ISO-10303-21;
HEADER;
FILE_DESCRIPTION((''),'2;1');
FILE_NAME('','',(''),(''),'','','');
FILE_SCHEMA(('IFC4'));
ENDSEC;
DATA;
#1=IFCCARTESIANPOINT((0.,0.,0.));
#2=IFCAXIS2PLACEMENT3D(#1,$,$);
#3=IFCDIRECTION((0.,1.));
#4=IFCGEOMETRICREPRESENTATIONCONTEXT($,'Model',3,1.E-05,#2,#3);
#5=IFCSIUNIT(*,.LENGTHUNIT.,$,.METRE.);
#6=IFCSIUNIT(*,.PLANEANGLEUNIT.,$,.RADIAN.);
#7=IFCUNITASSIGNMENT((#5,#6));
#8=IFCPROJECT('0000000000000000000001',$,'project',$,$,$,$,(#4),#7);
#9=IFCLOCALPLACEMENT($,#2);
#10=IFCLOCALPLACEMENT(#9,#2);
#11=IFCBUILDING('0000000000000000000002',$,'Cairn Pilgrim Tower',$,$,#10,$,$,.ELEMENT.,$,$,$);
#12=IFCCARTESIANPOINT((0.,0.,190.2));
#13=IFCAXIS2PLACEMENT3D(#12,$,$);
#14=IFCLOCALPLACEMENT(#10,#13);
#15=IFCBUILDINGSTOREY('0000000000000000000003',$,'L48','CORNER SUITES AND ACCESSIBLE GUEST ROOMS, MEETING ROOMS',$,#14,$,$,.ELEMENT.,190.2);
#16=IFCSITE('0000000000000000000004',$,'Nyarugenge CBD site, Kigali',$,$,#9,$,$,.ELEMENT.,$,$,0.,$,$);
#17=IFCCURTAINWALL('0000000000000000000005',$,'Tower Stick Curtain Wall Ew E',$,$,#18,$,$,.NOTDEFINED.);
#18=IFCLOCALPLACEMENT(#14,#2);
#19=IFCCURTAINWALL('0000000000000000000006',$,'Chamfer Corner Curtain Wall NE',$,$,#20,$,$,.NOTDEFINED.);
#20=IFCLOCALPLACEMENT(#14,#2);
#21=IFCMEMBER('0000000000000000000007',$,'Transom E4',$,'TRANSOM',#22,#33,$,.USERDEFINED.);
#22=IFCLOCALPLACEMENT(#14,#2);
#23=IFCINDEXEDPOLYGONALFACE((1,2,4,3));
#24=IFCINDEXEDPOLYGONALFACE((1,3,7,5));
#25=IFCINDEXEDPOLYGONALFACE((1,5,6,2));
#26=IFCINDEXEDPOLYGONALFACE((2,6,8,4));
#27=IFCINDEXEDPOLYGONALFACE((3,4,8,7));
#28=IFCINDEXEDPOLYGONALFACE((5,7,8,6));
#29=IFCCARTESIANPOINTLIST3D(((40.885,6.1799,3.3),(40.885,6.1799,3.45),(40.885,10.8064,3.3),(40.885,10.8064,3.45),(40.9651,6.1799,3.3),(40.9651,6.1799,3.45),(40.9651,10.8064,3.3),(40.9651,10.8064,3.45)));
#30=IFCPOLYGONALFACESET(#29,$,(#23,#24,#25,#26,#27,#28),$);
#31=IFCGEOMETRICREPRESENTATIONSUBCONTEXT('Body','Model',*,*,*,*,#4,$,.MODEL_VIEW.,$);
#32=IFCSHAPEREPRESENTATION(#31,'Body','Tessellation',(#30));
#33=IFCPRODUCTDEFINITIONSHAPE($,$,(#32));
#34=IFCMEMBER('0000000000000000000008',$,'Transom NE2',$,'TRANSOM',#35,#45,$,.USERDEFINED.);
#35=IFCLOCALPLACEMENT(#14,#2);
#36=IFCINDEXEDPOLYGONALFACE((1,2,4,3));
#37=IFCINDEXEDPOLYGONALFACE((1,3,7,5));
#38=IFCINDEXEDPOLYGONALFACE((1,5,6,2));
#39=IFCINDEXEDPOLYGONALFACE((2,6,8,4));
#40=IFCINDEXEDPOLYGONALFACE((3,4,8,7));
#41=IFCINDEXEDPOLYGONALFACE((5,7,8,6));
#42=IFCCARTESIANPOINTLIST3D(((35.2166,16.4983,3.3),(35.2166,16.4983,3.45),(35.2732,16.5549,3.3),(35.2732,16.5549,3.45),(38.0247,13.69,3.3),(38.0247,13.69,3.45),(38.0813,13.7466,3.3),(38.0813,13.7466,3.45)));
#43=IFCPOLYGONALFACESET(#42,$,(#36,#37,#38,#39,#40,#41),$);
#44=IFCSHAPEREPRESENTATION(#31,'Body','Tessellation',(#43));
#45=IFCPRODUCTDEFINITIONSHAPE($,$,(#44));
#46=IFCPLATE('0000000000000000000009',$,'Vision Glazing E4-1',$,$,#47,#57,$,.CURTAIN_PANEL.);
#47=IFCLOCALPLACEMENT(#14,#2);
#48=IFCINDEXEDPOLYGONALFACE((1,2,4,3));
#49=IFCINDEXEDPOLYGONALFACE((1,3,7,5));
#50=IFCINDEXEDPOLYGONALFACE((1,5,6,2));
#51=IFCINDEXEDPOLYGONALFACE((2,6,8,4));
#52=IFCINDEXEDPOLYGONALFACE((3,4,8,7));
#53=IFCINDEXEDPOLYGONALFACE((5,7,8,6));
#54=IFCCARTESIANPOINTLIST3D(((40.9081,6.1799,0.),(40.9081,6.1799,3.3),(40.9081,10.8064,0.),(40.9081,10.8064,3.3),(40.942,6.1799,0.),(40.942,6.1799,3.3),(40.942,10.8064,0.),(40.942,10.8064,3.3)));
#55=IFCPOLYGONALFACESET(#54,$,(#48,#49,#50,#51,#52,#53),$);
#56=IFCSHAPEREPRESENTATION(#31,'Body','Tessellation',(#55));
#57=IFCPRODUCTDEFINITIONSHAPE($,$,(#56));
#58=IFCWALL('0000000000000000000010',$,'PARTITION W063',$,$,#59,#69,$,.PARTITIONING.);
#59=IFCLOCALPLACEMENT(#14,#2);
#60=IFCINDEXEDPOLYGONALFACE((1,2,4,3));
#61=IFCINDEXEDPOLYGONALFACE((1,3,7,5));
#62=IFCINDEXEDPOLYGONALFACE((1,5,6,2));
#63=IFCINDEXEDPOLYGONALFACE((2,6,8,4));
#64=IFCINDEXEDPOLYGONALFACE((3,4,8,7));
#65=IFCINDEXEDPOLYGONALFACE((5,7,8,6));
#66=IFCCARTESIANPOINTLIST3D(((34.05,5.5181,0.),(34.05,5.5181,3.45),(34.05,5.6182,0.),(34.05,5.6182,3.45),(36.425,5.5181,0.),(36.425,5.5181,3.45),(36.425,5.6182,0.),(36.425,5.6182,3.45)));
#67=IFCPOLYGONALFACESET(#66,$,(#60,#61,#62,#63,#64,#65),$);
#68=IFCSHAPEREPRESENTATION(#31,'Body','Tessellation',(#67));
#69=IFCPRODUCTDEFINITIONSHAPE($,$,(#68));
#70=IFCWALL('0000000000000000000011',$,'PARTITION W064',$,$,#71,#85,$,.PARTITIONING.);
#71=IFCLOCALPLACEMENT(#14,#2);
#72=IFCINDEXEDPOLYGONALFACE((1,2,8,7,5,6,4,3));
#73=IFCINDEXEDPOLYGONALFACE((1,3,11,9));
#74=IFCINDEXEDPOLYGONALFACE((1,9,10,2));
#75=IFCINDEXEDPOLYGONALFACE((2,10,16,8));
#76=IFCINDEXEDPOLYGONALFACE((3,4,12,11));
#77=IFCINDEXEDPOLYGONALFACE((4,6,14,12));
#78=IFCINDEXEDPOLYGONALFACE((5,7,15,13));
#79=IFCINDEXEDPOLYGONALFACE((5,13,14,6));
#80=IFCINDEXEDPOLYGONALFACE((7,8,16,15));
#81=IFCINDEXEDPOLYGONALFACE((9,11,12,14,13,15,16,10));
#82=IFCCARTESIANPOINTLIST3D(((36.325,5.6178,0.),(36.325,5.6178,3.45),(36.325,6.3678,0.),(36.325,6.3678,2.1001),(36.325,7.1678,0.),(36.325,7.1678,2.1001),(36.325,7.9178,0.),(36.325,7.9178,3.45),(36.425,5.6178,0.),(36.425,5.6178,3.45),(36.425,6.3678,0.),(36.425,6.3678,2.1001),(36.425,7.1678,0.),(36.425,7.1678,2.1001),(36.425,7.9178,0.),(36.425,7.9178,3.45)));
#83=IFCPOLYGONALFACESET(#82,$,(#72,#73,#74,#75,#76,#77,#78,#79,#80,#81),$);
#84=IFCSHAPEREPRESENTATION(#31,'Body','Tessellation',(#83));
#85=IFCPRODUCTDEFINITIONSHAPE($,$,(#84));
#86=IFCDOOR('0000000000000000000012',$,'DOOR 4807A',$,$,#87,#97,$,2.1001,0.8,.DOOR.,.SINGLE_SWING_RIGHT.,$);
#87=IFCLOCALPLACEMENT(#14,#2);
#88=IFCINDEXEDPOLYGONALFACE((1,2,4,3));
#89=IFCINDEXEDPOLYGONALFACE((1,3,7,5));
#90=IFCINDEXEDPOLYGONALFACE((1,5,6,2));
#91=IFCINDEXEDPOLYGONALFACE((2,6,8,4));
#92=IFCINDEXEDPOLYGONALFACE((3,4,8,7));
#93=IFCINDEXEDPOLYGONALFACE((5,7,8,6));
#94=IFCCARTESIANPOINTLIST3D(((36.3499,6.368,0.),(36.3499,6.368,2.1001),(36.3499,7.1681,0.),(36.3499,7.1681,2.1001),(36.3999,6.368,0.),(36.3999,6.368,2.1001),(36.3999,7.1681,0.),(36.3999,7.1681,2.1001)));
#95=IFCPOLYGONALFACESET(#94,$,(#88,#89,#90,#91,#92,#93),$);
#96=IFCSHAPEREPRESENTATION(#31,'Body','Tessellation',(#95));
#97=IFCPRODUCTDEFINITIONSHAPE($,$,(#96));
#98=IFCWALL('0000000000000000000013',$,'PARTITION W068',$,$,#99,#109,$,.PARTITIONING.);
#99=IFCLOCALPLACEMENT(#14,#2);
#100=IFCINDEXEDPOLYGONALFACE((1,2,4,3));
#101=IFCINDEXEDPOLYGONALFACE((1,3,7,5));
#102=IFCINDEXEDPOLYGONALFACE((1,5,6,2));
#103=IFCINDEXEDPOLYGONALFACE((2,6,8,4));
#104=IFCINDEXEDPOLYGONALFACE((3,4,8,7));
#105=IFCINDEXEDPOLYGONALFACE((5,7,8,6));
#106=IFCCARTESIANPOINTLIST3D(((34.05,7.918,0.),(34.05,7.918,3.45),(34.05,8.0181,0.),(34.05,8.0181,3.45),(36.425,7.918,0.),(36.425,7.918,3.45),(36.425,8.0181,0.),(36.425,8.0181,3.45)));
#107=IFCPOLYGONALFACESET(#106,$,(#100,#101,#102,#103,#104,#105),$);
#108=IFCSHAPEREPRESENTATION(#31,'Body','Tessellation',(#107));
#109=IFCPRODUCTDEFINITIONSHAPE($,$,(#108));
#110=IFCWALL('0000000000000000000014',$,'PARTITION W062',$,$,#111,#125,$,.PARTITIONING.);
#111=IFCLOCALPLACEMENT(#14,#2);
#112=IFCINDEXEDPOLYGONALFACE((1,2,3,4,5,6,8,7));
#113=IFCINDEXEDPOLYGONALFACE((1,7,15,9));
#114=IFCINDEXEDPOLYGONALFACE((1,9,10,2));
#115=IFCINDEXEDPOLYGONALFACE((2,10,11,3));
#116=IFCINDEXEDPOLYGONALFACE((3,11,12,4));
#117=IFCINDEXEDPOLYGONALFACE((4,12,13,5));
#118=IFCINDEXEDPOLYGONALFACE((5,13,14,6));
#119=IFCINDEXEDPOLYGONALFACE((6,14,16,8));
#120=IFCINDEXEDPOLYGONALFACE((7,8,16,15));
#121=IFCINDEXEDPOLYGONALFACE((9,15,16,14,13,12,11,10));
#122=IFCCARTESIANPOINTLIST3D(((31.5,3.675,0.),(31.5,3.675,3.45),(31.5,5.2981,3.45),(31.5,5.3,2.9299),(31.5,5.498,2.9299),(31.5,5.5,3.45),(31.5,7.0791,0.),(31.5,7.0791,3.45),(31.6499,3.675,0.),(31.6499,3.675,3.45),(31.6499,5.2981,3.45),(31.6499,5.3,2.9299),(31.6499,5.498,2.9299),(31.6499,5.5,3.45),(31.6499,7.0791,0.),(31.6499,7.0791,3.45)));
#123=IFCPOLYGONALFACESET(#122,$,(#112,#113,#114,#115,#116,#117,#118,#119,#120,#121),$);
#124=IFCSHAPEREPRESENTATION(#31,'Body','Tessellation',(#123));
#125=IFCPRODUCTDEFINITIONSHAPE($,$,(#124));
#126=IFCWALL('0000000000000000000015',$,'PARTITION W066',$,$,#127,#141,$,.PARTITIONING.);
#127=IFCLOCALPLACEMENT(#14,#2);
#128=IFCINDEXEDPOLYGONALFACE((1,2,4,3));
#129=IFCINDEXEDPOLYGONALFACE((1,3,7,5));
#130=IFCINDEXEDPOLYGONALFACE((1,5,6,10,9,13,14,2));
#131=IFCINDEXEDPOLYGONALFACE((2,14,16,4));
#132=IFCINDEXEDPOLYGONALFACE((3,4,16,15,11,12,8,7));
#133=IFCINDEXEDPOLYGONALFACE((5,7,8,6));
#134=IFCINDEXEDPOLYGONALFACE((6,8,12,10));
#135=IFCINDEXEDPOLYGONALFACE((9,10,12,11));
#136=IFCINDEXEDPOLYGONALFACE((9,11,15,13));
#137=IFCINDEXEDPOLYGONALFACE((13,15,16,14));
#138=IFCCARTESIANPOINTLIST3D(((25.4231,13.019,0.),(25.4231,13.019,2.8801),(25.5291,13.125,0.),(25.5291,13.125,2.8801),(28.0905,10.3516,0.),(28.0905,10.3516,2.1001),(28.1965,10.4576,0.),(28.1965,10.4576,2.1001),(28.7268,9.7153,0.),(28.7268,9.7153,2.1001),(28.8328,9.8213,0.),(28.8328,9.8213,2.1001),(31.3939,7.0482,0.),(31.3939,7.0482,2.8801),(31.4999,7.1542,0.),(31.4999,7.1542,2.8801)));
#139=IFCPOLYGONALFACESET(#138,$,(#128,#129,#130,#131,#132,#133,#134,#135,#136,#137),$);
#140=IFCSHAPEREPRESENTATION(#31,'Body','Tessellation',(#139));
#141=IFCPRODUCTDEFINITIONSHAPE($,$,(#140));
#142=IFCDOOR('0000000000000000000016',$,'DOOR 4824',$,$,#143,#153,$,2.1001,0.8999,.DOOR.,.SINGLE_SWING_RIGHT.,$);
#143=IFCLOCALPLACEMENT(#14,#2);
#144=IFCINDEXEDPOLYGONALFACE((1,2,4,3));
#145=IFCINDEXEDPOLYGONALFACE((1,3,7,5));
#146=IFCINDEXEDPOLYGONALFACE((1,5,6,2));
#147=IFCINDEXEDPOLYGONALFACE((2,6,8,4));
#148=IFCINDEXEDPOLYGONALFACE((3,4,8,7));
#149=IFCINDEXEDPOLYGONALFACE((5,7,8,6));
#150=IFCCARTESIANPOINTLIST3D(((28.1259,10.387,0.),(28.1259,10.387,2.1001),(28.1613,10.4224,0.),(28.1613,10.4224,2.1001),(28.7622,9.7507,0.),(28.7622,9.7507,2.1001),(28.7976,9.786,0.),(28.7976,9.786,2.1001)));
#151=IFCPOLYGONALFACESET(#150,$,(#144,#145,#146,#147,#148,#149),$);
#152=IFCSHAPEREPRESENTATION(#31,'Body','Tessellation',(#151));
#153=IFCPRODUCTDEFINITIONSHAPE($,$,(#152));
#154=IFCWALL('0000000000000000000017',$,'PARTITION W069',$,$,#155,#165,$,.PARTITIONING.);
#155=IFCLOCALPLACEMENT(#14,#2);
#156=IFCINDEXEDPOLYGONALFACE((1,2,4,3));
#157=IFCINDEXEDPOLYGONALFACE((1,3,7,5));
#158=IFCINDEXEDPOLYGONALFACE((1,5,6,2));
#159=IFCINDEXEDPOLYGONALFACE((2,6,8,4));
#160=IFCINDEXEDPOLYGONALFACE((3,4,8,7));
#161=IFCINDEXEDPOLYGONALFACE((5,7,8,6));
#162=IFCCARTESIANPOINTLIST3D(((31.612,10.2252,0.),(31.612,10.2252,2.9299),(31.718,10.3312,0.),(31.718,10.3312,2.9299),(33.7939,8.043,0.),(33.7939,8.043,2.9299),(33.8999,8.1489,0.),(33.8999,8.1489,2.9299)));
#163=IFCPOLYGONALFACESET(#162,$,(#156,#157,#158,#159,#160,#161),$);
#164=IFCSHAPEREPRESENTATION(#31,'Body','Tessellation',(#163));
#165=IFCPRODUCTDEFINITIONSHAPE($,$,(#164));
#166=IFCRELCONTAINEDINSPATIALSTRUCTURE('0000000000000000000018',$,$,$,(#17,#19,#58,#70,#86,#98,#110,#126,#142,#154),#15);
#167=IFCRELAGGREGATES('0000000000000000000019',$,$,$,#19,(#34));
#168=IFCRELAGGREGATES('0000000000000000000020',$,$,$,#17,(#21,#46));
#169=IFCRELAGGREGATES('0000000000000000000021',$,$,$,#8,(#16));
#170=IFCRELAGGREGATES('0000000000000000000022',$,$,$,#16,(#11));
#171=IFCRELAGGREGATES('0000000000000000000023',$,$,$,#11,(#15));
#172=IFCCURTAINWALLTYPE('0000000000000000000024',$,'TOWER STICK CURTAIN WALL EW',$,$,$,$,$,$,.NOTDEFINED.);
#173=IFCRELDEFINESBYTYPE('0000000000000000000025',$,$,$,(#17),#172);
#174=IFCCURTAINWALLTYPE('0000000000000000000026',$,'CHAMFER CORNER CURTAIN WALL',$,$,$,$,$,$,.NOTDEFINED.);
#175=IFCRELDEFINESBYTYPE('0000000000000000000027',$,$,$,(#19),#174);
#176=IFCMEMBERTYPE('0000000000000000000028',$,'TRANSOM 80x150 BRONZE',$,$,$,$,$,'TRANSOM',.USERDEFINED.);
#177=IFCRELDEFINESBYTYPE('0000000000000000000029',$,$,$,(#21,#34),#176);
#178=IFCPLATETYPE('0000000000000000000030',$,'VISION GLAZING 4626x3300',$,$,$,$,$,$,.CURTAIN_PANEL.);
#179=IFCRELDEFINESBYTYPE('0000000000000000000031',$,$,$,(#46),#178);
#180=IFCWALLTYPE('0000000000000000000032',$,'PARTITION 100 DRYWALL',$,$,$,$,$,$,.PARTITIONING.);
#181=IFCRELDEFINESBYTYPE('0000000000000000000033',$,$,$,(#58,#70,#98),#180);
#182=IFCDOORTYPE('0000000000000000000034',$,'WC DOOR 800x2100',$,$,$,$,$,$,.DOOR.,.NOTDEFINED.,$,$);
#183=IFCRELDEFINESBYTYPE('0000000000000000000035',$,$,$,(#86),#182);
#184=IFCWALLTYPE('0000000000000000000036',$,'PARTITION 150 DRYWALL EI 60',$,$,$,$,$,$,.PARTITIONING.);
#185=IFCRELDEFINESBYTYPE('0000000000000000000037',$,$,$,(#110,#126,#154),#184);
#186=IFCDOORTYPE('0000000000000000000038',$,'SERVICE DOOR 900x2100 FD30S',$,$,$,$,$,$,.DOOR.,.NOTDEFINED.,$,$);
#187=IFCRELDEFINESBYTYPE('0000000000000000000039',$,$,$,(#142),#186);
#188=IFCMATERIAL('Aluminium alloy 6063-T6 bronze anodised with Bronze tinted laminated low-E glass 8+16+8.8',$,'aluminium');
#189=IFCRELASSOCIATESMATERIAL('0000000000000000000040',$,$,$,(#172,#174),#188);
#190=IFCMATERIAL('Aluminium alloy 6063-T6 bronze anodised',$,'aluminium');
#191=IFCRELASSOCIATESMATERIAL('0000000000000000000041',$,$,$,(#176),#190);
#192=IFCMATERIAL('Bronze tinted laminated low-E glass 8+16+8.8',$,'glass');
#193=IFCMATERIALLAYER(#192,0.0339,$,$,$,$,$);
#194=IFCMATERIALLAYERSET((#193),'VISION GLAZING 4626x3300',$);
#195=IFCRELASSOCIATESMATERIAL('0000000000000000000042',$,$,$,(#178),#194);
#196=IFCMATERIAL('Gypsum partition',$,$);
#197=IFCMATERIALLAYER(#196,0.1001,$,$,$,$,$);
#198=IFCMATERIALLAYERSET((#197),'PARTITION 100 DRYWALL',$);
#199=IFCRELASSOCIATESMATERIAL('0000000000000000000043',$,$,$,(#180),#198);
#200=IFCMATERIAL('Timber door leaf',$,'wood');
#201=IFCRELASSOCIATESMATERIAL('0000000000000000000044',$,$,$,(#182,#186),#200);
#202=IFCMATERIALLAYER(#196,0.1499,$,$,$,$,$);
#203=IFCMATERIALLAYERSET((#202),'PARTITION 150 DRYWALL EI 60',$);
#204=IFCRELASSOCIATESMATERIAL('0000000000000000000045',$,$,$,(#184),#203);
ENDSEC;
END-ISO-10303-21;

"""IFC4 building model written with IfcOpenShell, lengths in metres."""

from ifc_helpers import new_model, si_unit, direction, frame, frame_2d, origin, origin_2d, place, context, subcontext, project, spatial, polyline, rectangle, outline, extrude, material, layer, layer_set, material_profile, profile_set, type_object, element, fill, aggregate, save


model = new_model("IFC4")

# Units and contexts
model_context = context("Model", 3, precision=1e-05, world=origin(), true_north=direction((0.0, 1.0)))
body_context = subcontext(model_context, "Body", "Model", "MODEL_VIEW")
ifc_project = project(units=[si_unit("LENGTHUNIT", "METRE"), si_unit("PLANEANGLEUNIT", "RADIAN")], contexts=[model_context])

# Site, building, storey
site_placement = place(None, origin())
site = spatial("IfcSite", under=ifc_project, at=site_placement, Name="Nyarugenge CBD site, Kigali", CompositionType="ELEMENT", RefElevation=0.0)
building_placement = place(site_placement, origin())
building = spatial("IfcBuilding", under=site, at=building_placement, Name="Cairn Pilgrim Tower", CompositionType="ELEMENT")
storey_placement = place(building_placement, frame((0.0, 0.0, 190.2)))
storey = spatial("IfcBuildingStorey", under=building, at=storey_placement, Name="L48", Description="CORNER SUITES AND ACCESSIBLE GUEST ROOMS, MEETING ROOMS", CompositionType="ELEMENT", Elevation=190.2)

# Curtain wall
ifc_material_1 = material(Name="Aluminium alloy 6063-T6 bronze anodised with Bronze tinted laminated low-E glass 8+16+8.8", Category="aluminium")
curtain_wall_type_1 = type_object("IfcCurtainWallType", Name="TOWER STICK CURTAIN WALL EW", PredefinedType="NOTDEFINED", material=ifc_material_1)
curtain_wall_1_placement = place(storey_placement, origin())
curtain_wall_1 = element("IfcCurtainWall", 1, at=curtain_wall_1_placement, inside=storey, type_object=curtain_wall_type_1, Name="Tower Stick Curtain Wall Ew E", PredefinedType="NOTDEFINED")
ifc_material_2 = material(Name="Aluminium alloy 6063-T6 bronze anodised", Category="aluminium")

# Curtain wall
curtain_wall_type_2 = type_object("IfcCurtainWallType", Name="CHAMFER CORNER CURTAIN WALL", PredefinedType="NOTDEFINED", material=ifc_material_1)
curtain_wall_2_placement = place(storey_placement, origin())
curtain_wall_2 = element("IfcCurtainWall", 2, at=curtain_wall_2_placement, inside=storey, type_object=curtain_wall_type_2, Name="Chamfer Corner Curtain Wall NE", PredefinedType="NOTDEFINED")

# Members
ifc_material_profile_1 = material_profile(ifc_material_2, rectangle(XDim=0.0801, YDim=0.1499, at=origin_2d()), Name="TRANSOM 80x150 BRONZE")
ifc_profile_set_1 = profile_set([ifc_material_profile_1], Name="Aluminium alloy 6063-T6 bronze anodised")
member_type_1 = type_object("IfcMemberType", Name="TRANSOM 80x150 BRONZE", ElementType="TRANSOM", PredefinedType="USERDEFINED", material=ifc_profile_set_1)
member_1_placement = place(storey_placement, frame((40.925, 6.1799, 3.375), z_axis=(0.0, 1.0, 0.0), x_axis=(-1.0, 0.0, 0.0)))
member_1 = element("IfcMember", 3, at=member_1_placement, type_object=member_type_1, Name="Transom E4", ObjectType="TRANSOM", PredefinedType="USERDEFINED", context=body_context, shape_type="SweptSolid", body=[
    extrude(rectangle(XDim=0.0801, YDim=0.1499, at=origin_2d()), origin(), (0.0, 0.0, 1.0), 4.6265),
])
member_2_placement = place(storey_placement, frame((38.053, 13.7183, 3.375), z_axis=(-0.707076, 0.707138, 0.0), x_axis=(-0.707138, -0.707076, 0.0)))
member_2 = element("IfcMember", 4, at=member_2_placement, type_object=member_type_1, Name="Transom NE2", ObjectType="TRANSOM", PredefinedType="USERDEFINED", context=body_context, shape_type="SweptSolid", body=[
    extrude(rectangle(XDim=0.0801, YDim=0.1499, at=origin_2d()), origin(), (0.0, 0.0, 1.0), 3.9714),
])
aggregate(curtain_wall_2, [member_2])

# Plate
ifc_material_3 = material(Name="Bronze tinted laminated low-E glass 8+16+8.8", Category="glass")
ifc_layer_1 = layer(ifc_material_3, 0.0339)
ifc_layer_set_1 = layer_set([ifc_layer_1], Name="VISION GLAZING 4626x3300")
plate_type = type_object("IfcPlateType", Name="VISION GLAZING 4626x3300", PredefinedType="CURTAIN_PANEL", material=ifc_layer_set_1)
plate_placement = place(storey_placement, frame((40.925, 8.4932, 0.0), z_axis=(0.0, 0.0, 1.0), x_axis=(0.0, 1.0, 0.0)))
plate = element("IfcPlate", 5, at=plate_placement, type_object=plate_type, Name="Vision Glazing E4-1", PredefinedType="CURTAIN_PANEL", context=body_context, shape_type="SweptSolid", body=[
    extrude(rectangle(XDim=4.6265, YDim=0.0339, at=origin_2d()), origin(), (0.0, 0.0, 1.0), 3.3),
])
aggregate(curtain_wall_1, [member_1, plate])

# Wall
ifc_material_4 = material(Name="Gypsum partition")
ifc_layer_2 = layer(ifc_material_4, 0.1001)
ifc_layer_set_2 = layer_set([ifc_layer_2], Name="PARTITION 100 DRYWALL")
wall_type_1 = type_object("IfcWallType", Name="PARTITION 100 DRYWALL", PredefinedType="PARTITIONING", material=ifc_layer_set_2)
wall_1_placement = place(storey_placement, frame((34.05, 5.5681, 0.0), z_axis=(0.0, 0.0, 1.0), x_axis=(1.0, 0.0, 0.0)))
element("IfcWall", 6, at=wall_1_placement, inside=storey, type_object=wall_type_1, Name="PARTITION W063", PredefinedType="PARTITIONING", context=body_context, shape_type="SweptSolid", body=[
    extrude(rectangle(XDim=2.375, YDim=0.1001, at=frame_2d((1.1875, 0.0))), origin(), (0.0, 0.0, 1.0), 3.45),
])

# Wall, opening, door
wall_2_placement = place(storey_placement, frame((36.375, 5.6179, 0.0), z_axis=(0.0, 0.0, 1.0), x_axis=(0.0, 1.0, 0.0)))
wall_2 = element("IfcWall", 7, at=wall_2_placement, inside=storey, type_object=wall_type_1, Name="PARTITION W064", PredefinedType="PARTITIONING", context=body_context, shape_type="SweptSolid", body=[
    extrude(rectangle(XDim=2.3, YDim=0.1001, at=frame_2d((1.1499, 0.0))), origin(), (0.0, 0.0, 1.0), 3.45),
])
opening_1_placement = place(wall_2_placement, frame((0.75, 0.0, 0.0)))
opening_1 = element("IfcOpeningElement", 8, at=opening_1_placement, cuts=wall_2, PredefinedType="OPENING", context=body_context, shape_type="SweptSolid", body=[
    extrude(rectangle(XDim=0.8, YDim=2.1001, at=frame_2d((0.3999, 1.05))), frame((0.0, 0.0601, 0.0), z_axis=(0.0, -1.0, 0.0), x_axis=(1.0, 0.0, 0.0)), (0.0, 0.0, 1.0), 0.1201),
])
ifc_material_5 = material(Name="Timber door leaf", Category="wood")
door_type_1 = type_object("IfcDoorType", Name="WC DOOR 800x2100", OperationType="NOTDEFINED", PredefinedType="DOOR", material=ifc_material_5)
door_1_placement = place(opening_1_placement, frame((0.8, 0.0, 0.0), z_axis=(0.0, 0.0, 1.0), x_axis=(-1.0, 0.0, 0.0)))
door_1 = element("IfcDoor", 9, at=door_1_placement, inside=storey, type_object=door_type_1, Name="DOOR 4807A", OperationType="SINGLE_SWING_RIGHT", OverallHeight=2.1001, OverallWidth=0.8, PredefinedType="DOOR", context=body_context, shape_type="SweptSolid", body=[
    extrude(rectangle(XDim=0.8, YDim=2.1001, at=frame_2d((0.3999, 1.05))), frame((0.0, 0.0249, 0.0), z_axis=(0.0, -1.0, 0.0), x_axis=(1.0, 0.0, 0.0)), (0.0, 0.0, 1.0), 0.05),
])
fill(opening_1, door_1)

# Walls
wall_3_placement = place(storey_placement, frame((34.05, 7.968, 0.0), z_axis=(0.0, 0.0, 1.0), x_axis=(1.0, 0.0, 0.0)))
element("IfcWall", 10, at=wall_3_placement, inside=storey, type_object=wall_type_1, Name="PARTITION W068", PredefinedType="PARTITIONING", context=body_context, shape_type="SweptSolid", body=[
    extrude(rectangle(XDim=2.375, YDim=0.1001, at=frame_2d((1.1875, 0.0))), origin(), (0.0, 0.0, 1.0), 3.45),
])
ifc_layer_3 = layer(ifc_material_4, 0.1499)
ifc_layer_set_3 = layer_set([ifc_layer_3], Name="PARTITION 150 DRYWALL EI 60")
wall_type_2 = type_object("IfcWallType", Name="PARTITION 150 DRYWALL EI 60", PredefinedType="PARTITIONING", material=ifc_layer_set_3)
wall_4_placement = place(storey_placement, frame((31.575, 3.675, 0.0), z_axis=(0.0, 0.0, 1.0), x_axis=(0.0, 1.0, 0.0)))
element("IfcWall", 11, at=wall_4_placement, inside=storey, type_object=wall_type_2, Name="PARTITION W062", PredefinedType="PARTITIONING", context=body_context, shape_type="SweptSolid", body=[
    extrude(outline(polyline([(0.0, 0.0), (3.4041, 0.0), (3.4041, 3.45), (1.825, 3.45), (1.823, 2.9299), (1.625, 2.9299), (1.623, 3.45), (0.0, 3.45), (0.0, 0.0)])), frame((0.0, 0.075, 0.0), z_axis=(0.0, -1.0, 0.0), x_axis=(1.0, 0.0, 0.0)), (0.0, 0.0, 1.0), 0.1499),
])

# Wall, opening, door
wall_5_placement = place(storey_placement, frame((31.447, 7.1011, 0.0), z_axis=(0.0, 0.0, 1.0), x_axis=(-0.707107, 0.707107, 0.0)))
wall_5 = element("IfcWall", 12, at=wall_5_placement, inside=storey, type_object=wall_type_2, Name="PARTITION W066", PredefinedType="PARTITIONING", context=body_context, shape_type="SweptSolid", body=[
    extrude(rectangle(XDim=8.4441, YDim=0.1499, at=frame_2d((4.2222, 0.0))), origin(), (0.0, 0.0, 1.0), 2.8801),
])
opening_2_placement = place(wall_5_placement, frame((3.772, 0.0, 0.0)))
opening_2 = element("IfcOpeningElement", 13, at=opening_2_placement, cuts=wall_5, PredefinedType="OPENING", context=body_context, shape_type="SweptSolid", body=[
    extrude(rectangle(XDim=0.8999, YDim=2.1001, at=frame_2d((0.45, 1.05))), frame((0.0, 0.085, 0.0), z_axis=(0.0, -1.0, 0.0), x_axis=(1.0, 0.0, 0.0)), (0.0, 0.0, 1.0), 0.1699),
])
door_type_2 = type_object("IfcDoorType", Name="SERVICE DOOR 900x2100 FD30S", OperationType="NOTDEFINED", PredefinedType="DOOR", material=ifc_material_5)
door_2_placement = place(opening_2_placement, origin())
door_2 = element("IfcDoor", 14, at=door_2_placement, inside=storey, type_object=door_type_2, Name="DOOR 4824", OperationType="SINGLE_SWING_RIGHT", OverallHeight=2.1001, OverallWidth=0.8999, PredefinedType="DOOR", context=body_context, shape_type="SweptSolid", body=[
    extrude(rectangle(XDim=0.8999, YDim=2.1001, at=frame_2d((0.45, 1.05))), frame((0.0, 0.0249, 0.0), z_axis=(0.0, -1.0, 0.0), x_axis=(1.0, 0.0, 0.0)), (0.0, 0.0, 1.0), 0.05),
])
fill(opening_2, door_2)

# Wall
wall_6_placement = place(storey_placement, frame((33.8469, 8.0959, 0.0), z_axis=(0.0, 0.0, 1.0), x_axis=(-0.707067, 0.707146, 0.0)))
element("IfcWall", 15, at=wall_6_placement, inside=storey, type_object=wall_type_2, Name="PARTITION W069", PredefinedType="PARTITIONING", context=body_context, shape_type="SweptSolid", body=[
    extrude(rectangle(XDim=3.0859, YDim=0.1499, at=frame_2d((1.543, 0.0))), origin(), (0.0, 0.0, 1.0), 2.9299),
])

save(model, "model.ifc")
